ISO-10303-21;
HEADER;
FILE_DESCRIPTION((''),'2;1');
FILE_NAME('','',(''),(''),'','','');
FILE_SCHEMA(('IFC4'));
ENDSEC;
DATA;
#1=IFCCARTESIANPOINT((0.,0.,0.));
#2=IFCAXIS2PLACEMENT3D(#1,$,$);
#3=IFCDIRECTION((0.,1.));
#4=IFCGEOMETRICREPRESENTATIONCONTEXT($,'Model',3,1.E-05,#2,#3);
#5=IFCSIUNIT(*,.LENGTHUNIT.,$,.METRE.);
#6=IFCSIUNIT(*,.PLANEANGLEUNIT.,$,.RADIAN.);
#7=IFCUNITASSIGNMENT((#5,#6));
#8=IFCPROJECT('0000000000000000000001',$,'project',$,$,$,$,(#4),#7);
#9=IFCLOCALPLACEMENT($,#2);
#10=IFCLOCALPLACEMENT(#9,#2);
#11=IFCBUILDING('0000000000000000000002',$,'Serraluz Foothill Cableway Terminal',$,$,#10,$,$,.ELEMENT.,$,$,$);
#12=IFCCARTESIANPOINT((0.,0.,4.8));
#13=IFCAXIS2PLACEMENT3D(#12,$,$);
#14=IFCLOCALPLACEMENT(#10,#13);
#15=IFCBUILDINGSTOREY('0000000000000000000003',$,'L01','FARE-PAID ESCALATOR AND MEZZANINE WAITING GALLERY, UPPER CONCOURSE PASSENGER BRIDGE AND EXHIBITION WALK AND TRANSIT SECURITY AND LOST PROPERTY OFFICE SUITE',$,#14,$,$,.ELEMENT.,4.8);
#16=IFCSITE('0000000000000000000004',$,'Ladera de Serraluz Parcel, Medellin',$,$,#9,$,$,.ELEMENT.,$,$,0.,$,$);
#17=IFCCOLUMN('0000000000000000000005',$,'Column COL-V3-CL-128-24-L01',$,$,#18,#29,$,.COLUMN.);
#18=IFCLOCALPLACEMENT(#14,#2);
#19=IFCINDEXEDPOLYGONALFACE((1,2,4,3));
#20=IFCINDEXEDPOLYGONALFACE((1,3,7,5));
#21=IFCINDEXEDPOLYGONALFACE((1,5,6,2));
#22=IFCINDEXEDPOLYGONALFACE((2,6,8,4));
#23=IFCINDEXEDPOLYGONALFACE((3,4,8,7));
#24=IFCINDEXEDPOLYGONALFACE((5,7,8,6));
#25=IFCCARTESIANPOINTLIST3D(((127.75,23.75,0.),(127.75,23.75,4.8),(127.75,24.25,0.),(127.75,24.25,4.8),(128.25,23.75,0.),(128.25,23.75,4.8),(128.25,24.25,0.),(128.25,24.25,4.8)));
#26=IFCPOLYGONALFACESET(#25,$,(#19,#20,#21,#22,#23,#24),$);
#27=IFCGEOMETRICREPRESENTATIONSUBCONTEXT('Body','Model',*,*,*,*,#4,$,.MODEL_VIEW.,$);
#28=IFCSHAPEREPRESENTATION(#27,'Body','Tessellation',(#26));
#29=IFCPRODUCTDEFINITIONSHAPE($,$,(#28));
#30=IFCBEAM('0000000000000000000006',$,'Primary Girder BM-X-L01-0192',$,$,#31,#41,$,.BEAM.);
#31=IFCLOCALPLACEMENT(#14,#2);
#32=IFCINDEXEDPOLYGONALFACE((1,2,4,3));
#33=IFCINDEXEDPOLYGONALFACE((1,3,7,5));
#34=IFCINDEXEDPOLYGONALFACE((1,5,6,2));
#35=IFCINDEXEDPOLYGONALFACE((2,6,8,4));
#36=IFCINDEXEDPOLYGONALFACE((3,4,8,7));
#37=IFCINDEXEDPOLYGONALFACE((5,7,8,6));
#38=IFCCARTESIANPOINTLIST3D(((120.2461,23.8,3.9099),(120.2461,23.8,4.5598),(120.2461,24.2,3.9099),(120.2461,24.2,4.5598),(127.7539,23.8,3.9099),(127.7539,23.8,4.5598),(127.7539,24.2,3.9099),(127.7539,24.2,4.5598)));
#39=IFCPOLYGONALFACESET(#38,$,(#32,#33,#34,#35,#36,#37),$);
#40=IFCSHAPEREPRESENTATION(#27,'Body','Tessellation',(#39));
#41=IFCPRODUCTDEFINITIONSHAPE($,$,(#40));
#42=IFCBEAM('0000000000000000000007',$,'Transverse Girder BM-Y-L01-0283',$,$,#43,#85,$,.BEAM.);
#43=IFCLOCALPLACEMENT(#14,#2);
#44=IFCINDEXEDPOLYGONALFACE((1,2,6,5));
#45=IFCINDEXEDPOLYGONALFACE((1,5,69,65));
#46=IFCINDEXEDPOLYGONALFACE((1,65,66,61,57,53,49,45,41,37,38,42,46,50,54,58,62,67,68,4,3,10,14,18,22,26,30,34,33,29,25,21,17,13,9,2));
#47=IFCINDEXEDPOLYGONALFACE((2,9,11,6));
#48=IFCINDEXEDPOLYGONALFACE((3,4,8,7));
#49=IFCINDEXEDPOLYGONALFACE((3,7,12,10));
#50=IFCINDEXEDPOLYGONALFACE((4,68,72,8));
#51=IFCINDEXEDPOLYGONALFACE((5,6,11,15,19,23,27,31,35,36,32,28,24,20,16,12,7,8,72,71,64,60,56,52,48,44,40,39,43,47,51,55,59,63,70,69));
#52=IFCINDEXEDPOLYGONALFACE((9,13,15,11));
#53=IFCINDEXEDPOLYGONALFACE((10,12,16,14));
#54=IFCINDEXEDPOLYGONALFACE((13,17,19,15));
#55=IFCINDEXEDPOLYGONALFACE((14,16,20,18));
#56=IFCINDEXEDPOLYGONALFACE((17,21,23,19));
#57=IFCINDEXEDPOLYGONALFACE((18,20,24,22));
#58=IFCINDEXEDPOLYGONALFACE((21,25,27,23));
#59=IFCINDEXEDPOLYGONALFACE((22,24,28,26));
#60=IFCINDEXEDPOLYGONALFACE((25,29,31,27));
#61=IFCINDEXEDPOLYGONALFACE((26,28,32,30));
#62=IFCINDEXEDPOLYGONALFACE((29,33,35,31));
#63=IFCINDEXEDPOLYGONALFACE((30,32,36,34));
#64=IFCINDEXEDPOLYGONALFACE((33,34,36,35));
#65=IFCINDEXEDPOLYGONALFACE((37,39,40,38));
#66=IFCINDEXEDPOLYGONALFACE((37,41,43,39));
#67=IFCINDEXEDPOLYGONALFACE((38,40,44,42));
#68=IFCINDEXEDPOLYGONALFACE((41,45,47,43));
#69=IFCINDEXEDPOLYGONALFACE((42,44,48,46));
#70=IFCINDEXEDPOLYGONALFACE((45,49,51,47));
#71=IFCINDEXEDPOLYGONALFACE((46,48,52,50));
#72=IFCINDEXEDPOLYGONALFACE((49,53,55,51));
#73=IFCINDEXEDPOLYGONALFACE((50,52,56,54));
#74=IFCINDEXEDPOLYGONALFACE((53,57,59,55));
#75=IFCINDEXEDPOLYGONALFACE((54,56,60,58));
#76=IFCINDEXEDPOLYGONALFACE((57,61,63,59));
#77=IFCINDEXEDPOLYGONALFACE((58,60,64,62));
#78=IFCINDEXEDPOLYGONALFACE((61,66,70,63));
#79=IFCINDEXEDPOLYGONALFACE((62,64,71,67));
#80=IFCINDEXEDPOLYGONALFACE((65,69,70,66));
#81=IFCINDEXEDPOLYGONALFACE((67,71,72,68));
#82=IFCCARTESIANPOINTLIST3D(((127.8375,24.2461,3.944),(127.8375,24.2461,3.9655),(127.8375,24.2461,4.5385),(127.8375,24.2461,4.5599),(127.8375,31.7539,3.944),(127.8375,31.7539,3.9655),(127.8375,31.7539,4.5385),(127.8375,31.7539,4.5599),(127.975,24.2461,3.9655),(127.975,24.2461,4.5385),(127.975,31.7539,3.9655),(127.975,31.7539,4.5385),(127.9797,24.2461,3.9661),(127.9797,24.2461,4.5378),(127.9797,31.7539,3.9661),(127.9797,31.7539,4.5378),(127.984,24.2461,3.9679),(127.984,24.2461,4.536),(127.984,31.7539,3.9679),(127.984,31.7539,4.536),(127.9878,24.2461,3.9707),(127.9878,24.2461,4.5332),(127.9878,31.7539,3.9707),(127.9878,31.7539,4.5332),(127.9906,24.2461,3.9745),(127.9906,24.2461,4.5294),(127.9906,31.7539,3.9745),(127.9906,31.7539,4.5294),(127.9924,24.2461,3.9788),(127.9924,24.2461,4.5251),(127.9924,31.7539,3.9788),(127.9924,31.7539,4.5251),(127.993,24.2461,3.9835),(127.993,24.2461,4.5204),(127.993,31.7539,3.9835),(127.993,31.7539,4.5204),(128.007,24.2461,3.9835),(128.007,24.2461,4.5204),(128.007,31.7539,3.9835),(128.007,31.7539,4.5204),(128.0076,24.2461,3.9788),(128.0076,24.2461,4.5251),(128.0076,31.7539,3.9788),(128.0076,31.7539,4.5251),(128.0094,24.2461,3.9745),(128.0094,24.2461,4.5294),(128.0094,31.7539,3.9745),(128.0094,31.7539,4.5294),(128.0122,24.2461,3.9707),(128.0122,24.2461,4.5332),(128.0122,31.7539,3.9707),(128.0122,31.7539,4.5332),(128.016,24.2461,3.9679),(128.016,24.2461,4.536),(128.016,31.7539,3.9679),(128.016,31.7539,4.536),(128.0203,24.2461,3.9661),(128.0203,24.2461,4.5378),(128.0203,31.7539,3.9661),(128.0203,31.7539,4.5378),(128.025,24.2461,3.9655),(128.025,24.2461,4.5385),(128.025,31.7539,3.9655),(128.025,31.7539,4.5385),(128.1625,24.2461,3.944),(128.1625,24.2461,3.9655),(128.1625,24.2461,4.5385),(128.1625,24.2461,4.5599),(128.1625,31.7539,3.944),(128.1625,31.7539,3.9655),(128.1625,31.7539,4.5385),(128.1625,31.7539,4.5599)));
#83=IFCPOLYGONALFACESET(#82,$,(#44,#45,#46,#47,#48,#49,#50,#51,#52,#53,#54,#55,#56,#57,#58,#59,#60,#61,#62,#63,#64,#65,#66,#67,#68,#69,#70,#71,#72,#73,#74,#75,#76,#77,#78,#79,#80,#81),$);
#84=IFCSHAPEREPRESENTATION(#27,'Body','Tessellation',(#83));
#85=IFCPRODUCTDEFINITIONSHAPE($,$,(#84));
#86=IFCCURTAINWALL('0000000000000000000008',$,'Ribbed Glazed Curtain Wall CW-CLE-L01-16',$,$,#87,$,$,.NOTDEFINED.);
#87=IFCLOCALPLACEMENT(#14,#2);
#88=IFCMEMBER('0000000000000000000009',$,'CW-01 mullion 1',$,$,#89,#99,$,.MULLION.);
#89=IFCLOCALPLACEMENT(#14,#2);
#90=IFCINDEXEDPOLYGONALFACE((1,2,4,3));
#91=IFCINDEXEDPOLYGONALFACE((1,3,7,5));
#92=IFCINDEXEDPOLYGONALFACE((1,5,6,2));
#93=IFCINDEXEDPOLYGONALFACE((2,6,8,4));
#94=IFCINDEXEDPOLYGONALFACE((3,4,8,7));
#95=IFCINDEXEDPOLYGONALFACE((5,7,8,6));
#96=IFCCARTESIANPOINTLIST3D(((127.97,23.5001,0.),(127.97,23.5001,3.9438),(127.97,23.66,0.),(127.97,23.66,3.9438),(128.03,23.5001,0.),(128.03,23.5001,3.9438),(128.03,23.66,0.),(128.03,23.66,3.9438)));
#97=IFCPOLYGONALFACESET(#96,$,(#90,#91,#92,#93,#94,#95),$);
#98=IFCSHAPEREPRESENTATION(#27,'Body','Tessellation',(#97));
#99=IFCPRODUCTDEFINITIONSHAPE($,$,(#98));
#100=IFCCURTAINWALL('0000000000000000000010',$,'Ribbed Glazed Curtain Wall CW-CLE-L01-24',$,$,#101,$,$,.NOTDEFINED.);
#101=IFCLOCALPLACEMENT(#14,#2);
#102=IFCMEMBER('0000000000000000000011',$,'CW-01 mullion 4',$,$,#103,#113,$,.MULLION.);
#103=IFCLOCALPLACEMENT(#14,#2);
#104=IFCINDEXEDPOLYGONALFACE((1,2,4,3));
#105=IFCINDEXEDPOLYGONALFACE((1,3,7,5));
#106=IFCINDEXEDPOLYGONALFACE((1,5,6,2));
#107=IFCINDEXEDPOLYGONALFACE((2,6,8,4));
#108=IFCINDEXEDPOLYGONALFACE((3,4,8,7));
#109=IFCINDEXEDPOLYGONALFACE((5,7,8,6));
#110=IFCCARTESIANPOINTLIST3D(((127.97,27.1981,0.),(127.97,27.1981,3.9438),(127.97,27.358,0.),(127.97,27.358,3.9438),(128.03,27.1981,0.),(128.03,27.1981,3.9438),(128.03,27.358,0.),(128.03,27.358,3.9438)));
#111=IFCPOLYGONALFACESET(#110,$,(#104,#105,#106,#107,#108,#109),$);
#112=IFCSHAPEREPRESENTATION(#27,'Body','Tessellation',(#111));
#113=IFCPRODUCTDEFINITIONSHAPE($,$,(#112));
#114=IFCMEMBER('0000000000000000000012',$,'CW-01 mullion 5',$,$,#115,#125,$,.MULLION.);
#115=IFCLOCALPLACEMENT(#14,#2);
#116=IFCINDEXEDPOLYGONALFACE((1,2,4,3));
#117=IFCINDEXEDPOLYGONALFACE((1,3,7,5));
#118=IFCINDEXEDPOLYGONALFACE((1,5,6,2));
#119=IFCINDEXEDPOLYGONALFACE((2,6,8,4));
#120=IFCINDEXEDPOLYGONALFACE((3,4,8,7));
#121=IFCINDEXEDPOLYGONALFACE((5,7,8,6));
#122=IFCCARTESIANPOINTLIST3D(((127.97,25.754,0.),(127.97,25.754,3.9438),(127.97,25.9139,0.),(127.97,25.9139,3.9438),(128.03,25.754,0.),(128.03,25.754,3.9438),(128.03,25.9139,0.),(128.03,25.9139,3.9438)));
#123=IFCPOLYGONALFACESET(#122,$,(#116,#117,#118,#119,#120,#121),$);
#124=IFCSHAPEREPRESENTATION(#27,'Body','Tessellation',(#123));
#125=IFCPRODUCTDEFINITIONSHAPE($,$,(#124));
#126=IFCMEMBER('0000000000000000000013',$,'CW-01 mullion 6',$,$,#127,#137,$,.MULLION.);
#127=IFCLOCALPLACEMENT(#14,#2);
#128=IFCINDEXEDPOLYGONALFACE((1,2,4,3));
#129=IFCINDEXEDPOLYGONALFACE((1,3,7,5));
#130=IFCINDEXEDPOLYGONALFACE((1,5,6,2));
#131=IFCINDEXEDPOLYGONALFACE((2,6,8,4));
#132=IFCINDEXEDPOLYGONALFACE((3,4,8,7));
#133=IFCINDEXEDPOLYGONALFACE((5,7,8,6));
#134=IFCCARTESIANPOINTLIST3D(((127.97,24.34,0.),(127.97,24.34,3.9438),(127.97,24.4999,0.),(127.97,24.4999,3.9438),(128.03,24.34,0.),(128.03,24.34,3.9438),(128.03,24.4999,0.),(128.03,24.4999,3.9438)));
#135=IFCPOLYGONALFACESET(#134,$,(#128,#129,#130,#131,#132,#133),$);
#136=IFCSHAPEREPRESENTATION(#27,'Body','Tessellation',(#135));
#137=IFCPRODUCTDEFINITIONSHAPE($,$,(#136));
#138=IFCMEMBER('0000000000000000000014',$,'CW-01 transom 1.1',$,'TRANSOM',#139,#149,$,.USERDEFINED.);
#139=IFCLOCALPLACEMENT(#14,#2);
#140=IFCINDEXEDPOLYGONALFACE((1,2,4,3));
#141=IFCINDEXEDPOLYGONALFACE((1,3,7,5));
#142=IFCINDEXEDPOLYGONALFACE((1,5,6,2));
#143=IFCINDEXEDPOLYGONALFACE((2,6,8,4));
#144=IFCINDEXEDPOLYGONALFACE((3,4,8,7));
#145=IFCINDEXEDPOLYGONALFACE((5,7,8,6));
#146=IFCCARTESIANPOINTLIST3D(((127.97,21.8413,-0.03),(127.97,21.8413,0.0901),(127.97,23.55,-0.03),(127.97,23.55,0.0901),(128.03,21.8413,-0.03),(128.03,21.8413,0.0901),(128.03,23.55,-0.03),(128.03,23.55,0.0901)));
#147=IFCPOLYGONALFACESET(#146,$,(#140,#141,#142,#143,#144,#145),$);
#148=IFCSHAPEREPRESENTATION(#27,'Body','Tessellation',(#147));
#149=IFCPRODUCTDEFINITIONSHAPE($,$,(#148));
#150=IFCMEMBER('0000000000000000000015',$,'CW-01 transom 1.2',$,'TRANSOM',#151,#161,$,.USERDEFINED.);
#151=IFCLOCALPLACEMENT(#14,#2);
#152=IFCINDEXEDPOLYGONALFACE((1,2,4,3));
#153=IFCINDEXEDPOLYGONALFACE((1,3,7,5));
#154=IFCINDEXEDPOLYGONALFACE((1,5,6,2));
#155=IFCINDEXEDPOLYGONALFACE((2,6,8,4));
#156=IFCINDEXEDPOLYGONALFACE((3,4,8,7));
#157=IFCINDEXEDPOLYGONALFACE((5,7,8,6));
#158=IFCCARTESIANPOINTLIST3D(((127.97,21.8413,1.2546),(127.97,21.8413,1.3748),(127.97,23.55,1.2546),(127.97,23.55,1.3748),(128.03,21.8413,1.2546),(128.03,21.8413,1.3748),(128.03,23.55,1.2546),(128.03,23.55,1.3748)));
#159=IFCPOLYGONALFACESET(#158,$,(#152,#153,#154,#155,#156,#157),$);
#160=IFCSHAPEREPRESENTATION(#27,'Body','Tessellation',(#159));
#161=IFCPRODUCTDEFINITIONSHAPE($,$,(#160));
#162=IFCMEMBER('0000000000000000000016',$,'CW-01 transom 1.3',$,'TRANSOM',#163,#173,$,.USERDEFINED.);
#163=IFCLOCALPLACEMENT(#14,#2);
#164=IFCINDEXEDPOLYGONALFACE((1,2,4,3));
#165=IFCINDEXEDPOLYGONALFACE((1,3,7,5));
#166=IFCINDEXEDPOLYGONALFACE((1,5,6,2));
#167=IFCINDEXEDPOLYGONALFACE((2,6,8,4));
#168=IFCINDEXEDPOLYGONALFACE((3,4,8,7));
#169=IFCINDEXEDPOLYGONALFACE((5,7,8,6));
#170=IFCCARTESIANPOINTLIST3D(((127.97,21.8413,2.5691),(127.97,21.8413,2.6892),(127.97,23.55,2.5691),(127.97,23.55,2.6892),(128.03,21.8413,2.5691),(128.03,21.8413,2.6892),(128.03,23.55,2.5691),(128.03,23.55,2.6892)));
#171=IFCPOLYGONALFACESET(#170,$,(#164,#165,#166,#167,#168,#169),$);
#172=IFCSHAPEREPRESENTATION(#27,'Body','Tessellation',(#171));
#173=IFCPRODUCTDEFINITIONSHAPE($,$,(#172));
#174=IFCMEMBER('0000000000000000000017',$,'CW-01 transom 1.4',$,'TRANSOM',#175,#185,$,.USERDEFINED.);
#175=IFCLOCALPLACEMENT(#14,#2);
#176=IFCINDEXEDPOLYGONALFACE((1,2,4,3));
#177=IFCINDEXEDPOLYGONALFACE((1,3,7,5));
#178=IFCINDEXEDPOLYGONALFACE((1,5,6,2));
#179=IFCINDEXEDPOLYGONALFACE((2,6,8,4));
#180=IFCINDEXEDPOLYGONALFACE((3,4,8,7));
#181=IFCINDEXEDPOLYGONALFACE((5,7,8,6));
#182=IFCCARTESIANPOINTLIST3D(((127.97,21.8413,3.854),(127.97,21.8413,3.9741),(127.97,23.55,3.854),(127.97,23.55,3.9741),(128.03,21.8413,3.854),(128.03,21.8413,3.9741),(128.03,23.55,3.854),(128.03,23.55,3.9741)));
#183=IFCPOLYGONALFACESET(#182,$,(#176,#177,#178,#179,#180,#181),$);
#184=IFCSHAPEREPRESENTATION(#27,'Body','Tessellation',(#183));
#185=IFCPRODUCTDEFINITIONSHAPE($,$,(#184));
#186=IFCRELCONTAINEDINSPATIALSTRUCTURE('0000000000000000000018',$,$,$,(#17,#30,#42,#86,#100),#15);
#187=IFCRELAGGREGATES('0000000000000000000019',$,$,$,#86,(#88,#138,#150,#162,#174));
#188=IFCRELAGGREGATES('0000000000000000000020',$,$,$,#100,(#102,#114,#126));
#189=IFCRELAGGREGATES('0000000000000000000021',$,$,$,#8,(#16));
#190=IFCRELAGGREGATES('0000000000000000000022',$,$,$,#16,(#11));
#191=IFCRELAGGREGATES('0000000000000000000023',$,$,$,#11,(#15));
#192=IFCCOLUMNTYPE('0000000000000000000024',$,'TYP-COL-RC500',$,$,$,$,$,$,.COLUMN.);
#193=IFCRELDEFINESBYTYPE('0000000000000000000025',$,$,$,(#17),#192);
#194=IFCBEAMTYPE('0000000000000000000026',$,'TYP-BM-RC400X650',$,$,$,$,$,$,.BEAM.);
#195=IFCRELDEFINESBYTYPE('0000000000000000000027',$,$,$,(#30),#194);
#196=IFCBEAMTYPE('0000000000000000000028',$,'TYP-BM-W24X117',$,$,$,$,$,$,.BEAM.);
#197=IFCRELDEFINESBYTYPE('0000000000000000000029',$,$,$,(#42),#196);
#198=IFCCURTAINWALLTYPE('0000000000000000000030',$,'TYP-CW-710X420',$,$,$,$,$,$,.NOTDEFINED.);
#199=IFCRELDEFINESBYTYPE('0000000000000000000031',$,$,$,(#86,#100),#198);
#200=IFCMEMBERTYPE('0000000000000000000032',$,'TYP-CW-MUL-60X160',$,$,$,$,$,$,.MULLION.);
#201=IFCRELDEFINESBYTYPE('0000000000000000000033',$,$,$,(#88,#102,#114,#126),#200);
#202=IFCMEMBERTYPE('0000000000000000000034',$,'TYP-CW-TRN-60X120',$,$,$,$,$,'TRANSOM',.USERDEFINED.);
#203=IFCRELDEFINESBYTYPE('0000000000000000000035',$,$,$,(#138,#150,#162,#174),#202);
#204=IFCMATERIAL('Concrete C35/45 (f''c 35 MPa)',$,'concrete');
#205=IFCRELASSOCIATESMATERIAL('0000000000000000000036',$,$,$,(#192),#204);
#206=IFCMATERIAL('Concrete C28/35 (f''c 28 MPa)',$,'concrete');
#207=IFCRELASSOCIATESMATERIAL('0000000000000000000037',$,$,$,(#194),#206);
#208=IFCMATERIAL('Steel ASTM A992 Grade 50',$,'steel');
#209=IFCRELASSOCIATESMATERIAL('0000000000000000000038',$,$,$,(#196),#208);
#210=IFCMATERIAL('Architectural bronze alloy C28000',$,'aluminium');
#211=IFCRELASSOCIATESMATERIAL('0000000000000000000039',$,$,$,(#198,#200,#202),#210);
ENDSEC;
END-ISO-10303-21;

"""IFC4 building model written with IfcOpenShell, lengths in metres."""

from ifc_helpers import new_model, si_unit, direction, frame, origin, origin_2d, place, context, subcontext, project, spatial, rectangle, i_section, extrude, material, material_profile, profile_set, type_object, element, aggregate, save


model = new_model("IFC4")

# Units and contexts
model_context = context("Model", 3, precision=1e-05, world=origin(), true_north=direction((0.0, 1.0)))
body_context = subcontext(model_context, "Body", "Model", "MODEL_VIEW")
ifc_project = project(units=[si_unit("LENGTHUNIT", "METRE"), si_unit("PLANEANGLEUNIT", "RADIAN")], contexts=[model_context])

# Site, building, storey
site_placement = place(None, origin())
site = spatial("IfcSite", under=ifc_project, at=site_placement, Name="Ladera de Serraluz Parcel, Medellin", CompositionType="ELEMENT", RefElevation=0.0)
building_placement = place(site_placement, origin())
building = spatial("IfcBuilding", under=site, at=building_placement, Name="Serraluz Foothill Cableway Terminal", CompositionType="ELEMENT")
storey_placement = place(building_placement, frame((0.0, 0.0, 4.8)))
storey = spatial("IfcBuildingStorey", under=building, at=storey_placement, Name="L01", Description="FARE-PAID ESCALATOR AND MEZZANINE WAITING GALLERY, UPPER CONCOURSE PASSENGER BRIDGE AND EXHIBITION WALK AND TRANSIT SECURITY AND LOST PROPERTY OFFICE SUITE", CompositionType="ELEMENT", Elevation=4.8)

# Column
ifc_material_1 = material(Name="Concrete C35/45 (f'c 35 MPa)", Category="concrete")
ifc_material_profile_1 = material_profile(ifc_material_1, rectangle(XDim=0.5, YDim=0.5, at=origin_2d()), Name="RC 500x500")
ifc_profile_set_1 = profile_set([ifc_material_profile_1], Name="Concrete C35/45 (f'c 35 MPa)")
column_type = type_object("IfcColumnType", Name="TYP-COL-RC500", PredefinedType="COLUMN", material=ifc_profile_set_1)
column_placement = place(storey_placement, frame((128.0, 24.0, 0.0), z_axis=(0.0, 0.0, 1.0), x_axis=(1.0, 0.0, 0.0)))
element("IfcColumn", 1, at=column_placement, inside=storey, type_object=column_type, Name="Column COL-V3-CL-128-24-L01", PredefinedType="COLUMN", context=body_context, shape_type="SweptSolid", body=[
    extrude(rectangle(XDim=0.5, YDim=0.5, at=origin_2d()), origin(), (0.0, 0.0, 1.0), 4.8),
])

# Beams
ifc_material_2 = material(Name="Concrete C28/35 (f'c 28 MPa)", Category="concrete")
ifc_material_profile_2 = material_profile(ifc_material_2, rectangle(XDim=0.3999, YDim=0.6499, at=origin_2d()), Name="RC 400x650")
ifc_profile_set_2 = profile_set([ifc_material_profile_2], Name="Concrete C28/35 (f'c 28 MPa)")
beam_type_1 = type_object("IfcBeamType", Name="TYP-BM-RC400X650", PredefinedType="BEAM", material=ifc_profile_set_2)
beam_1_placement = place(storey_placement, frame((120.2461, 24.0, 4.2349), z_axis=(1.0, 0.0, 0.0), x_axis=(0.0, 1.0, 0.0)))
element("IfcBeam", 2, at=beam_1_placement, inside=storey, type_object=beam_type_1, Name="Primary Girder BM-X-L01-0192", PredefinedType="BEAM", context=body_context, shape_type="SweptSolid", body=[
    extrude(rectangle(XDim=0.3999, YDim=0.6499, at=origin_2d()), origin(), (0.0, 0.0, 1.0), 7.5078),
])
ifc_material_3 = material(Name="Steel ASTM A992 Grade 50", Category="steel")
ifc_material_profile_3 = material_profile(ifc_material_3, i_section(OverallWidth=0.325, OverallDepth=0.616, WebThickness=0.0139, FlangeThickness=0.0215, FilletRadius=0.0181, at=origin_2d()), Name="W24X117")
ifc_profile_set_3 = profile_set([ifc_material_profile_3], Name="Steel ASTM A992 Grade 50")
beam_type_2 = type_object("IfcBeamType", Name="TYP-BM-W24X117", PredefinedType="BEAM", material=ifc_profile_set_3)
beam_2_placement = place(storey_placement, frame((128.0, 24.2461, 4.252), z_axis=(0.0, 1.0, 0.0), x_axis=(-1.0, 0.0, 0.0)))
element("IfcBeam", 3, at=beam_2_placement, inside=storey, type_object=beam_type_2, Name="Transverse Girder BM-Y-L01-0283", PredefinedType="BEAM", context=body_context, shape_type="SweptSolid", body=[
    extrude(i_section(OverallWidth=0.325, OverallDepth=0.616, WebThickness=0.0139, FlangeThickness=0.0215, FilletRadius=0.0181, at=origin_2d()), origin(), (0.0, 0.0, 1.0), 7.5078),
])

# Curtain wall, member
ifc_material_4 = material(Name="Architectural bronze alloy C28000", Category="aluminium")
curtain_wall_type = type_object("IfcCurtainWallType", Name="TYP-CW-710X420", PredefinedType="NOTDEFINED", material=ifc_material_4)
curtain_wall_1_placement = place(storey_placement, origin())
curtain_wall_1 = element("IfcCurtainWall", 4, at=curtain_wall_1_placement, inside=storey, type_object=curtain_wall_type, Name="Ribbed Glazed Curtain Wall CW-CLE-L01-16", PredefinedType="NOTDEFINED")
ifc_material_profile_4 = material_profile(ifc_material_4, rectangle(XDim=0.0601, YDim=0.1599, at=origin_2d()), Name="ALU MULLION 60x160")
ifc_profile_set_4 = profile_set([ifc_material_profile_4], Name="Architectural bronze alloy C28000")
member_type_1 = type_object("IfcMemberType", Name="TYP-CW-MUL-60X160", PredefinedType="MULLION", material=ifc_profile_set_4)
member_1_placement = place(storey_placement, frame((128.0, 23.5801, 0.0), z_axis=(0.0, 0.0, 1.0), x_axis=(1.0, 0.0, 0.0)))
member_1 = element("IfcMember", 5, at=member_1_placement, type_object=member_type_1, Name="CW-01 mullion 1", PredefinedType="MULLION", context=body_context, shape_type="SweptSolid", body=[
    extrude(rectangle(XDim=0.0601, YDim=0.1599, at=origin_2d()), origin(), (0.0, 0.0, 1.0), 3.9438),
])

# Curtain wall, members
curtain_wall_2_placement = place(storey_placement, origin())
curtain_wall_2 = element("IfcCurtainWall", 6, at=curtain_wall_2_placement, inside=storey, type_object=curtain_wall_type, Name="Ribbed Glazed Curtain Wall CW-CLE-L01-24", PredefinedType="NOTDEFINED")
member_2_placement = place(storey_placement, frame((128.0, 27.2781, 0.0), z_axis=(0.0, 0.0, 1.0), x_axis=(1.0, 0.0, 0.0)))
member_2 = element("IfcMember", 7, at=member_2_placement, type_object=member_type_1, Name="CW-01 mullion 4", PredefinedType="MULLION", context=body_context, shape_type="SweptSolid", body=[
    extrude(rectangle(XDim=0.0601, YDim=0.1599, at=origin_2d()), origin(), (0.0, 0.0, 1.0), 3.9438),
])
member_3_placement = place(storey_placement, frame((128.0, 25.834, 0.0), z_axis=(0.0, 0.0, 1.0), x_axis=(1.0, 0.0, 0.0)))
member_3 = element("IfcMember", 8, at=member_3_placement, type_object=member_type_1, Name="CW-01 mullion 5", PredefinedType="MULLION", context=body_context, shape_type="SweptSolid", body=[
    extrude(rectangle(XDim=0.0601, YDim=0.1599, at=origin_2d()), origin(), (0.0, 0.0, 1.0), 3.9438),
])
member_4_placement = place(storey_placement, frame((128.0, 24.4199, 0.0), z_axis=(0.0, 0.0, 1.0), x_axis=(1.0, 0.0, 0.0)))
member_4 = element("IfcMember", 9, at=member_4_placement, type_object=member_type_1, Name="CW-01 mullion 6", PredefinedType="MULLION", context=body_context, shape_type="SweptSolid", body=[
    extrude(rectangle(XDim=0.0601, YDim=0.1599, at=origin_2d()), origin(), (0.0, 0.0, 1.0), 3.9438),
])

# Members
ifc_material_profile_5 = material_profile(ifc_material_4, rectangle(XDim=0.0601, YDim=0.1201, at=origin_2d()), Name="ALU TRANSOM 60x120")
ifc_profile_set_5 = profile_set([ifc_material_profile_5], Name="Architectural bronze alloy C28000")
member_type_2 = type_object("IfcMemberType", Name="TYP-CW-TRN-60X120", ElementType="TRANSOM", PredefinedType="USERDEFINED", material=ifc_profile_set_5)
member_5_placement = place(storey_placement, frame((128.0, 23.55, 0.03), z_axis=(0.0, -1.0, 0.0), x_axis=(1.0, 0.0, 0.0)))
member_5 = element("IfcMember", 10, at=member_5_placement, type_object=member_type_2, Name="CW-01 transom 1.1", ObjectType="TRANSOM", PredefinedType="USERDEFINED", context=body_context, shape_type="SweptSolid", body=[
    extrude(rectangle(XDim=0.0601, YDim=0.1201, at=origin_2d()), origin(), (0.0, 0.0, 1.0), 1.7087),
])
member_6_placement = place(storey_placement, frame((128.0, 23.55, 1.3147), z_axis=(0.0, -1.0, 0.0), x_axis=(1.0, 0.0, 0.0)))
member_6 = element("IfcMember", 11, at=member_6_placement, type_object=member_type_2, Name="CW-01 transom 1.2", ObjectType="TRANSOM", PredefinedType="USERDEFINED", context=body_context, shape_type="SweptSolid", body=[
    extrude(rectangle(XDim=0.0601, YDim=0.1201, at=origin_2d()), origin(), (0.0, 0.0, 1.0), 1.7087),
])
member_7_placement = place(storey_placement, frame((128.0, 23.55, 2.6292), z_axis=(0.0, -1.0, 0.0), x_axis=(1.0, 0.0, 0.0)))
member_7 = element("IfcMember", 12, at=member_7_placement, type_object=member_type_2, Name="CW-01 transom 1.3", ObjectType="TRANSOM", PredefinedType="USERDEFINED", context=body_context, shape_type="SweptSolid", body=[
    extrude(rectangle(XDim=0.0601, YDim=0.1201, at=origin_2d()), origin(), (0.0, 0.0, 1.0), 1.7087),
])
member_8_placement = place(storey_placement, frame((128.0, 23.55, 3.9141), z_axis=(0.0, -1.0, 0.0), x_axis=(1.0, 0.0, 0.0)))
member_8 = element("IfcMember", 13, at=member_8_placement, type_object=member_type_2, Name="CW-01 transom 1.4", ObjectType="TRANSOM", PredefinedType="USERDEFINED", context=body_context, shape_type="SweptSolid", body=[
    extrude(rectangle(XDim=0.0601, YDim=0.1201, at=origin_2d()), origin(), (0.0, 0.0, 1.0), 1.7087),
])
aggregate(curtain_wall_1, [member_1, member_5, member_6, member_7, member_8])

aggregate(curtain_wall_2, [member_2, member_3, member_4])

save(model, "model.ifc")
